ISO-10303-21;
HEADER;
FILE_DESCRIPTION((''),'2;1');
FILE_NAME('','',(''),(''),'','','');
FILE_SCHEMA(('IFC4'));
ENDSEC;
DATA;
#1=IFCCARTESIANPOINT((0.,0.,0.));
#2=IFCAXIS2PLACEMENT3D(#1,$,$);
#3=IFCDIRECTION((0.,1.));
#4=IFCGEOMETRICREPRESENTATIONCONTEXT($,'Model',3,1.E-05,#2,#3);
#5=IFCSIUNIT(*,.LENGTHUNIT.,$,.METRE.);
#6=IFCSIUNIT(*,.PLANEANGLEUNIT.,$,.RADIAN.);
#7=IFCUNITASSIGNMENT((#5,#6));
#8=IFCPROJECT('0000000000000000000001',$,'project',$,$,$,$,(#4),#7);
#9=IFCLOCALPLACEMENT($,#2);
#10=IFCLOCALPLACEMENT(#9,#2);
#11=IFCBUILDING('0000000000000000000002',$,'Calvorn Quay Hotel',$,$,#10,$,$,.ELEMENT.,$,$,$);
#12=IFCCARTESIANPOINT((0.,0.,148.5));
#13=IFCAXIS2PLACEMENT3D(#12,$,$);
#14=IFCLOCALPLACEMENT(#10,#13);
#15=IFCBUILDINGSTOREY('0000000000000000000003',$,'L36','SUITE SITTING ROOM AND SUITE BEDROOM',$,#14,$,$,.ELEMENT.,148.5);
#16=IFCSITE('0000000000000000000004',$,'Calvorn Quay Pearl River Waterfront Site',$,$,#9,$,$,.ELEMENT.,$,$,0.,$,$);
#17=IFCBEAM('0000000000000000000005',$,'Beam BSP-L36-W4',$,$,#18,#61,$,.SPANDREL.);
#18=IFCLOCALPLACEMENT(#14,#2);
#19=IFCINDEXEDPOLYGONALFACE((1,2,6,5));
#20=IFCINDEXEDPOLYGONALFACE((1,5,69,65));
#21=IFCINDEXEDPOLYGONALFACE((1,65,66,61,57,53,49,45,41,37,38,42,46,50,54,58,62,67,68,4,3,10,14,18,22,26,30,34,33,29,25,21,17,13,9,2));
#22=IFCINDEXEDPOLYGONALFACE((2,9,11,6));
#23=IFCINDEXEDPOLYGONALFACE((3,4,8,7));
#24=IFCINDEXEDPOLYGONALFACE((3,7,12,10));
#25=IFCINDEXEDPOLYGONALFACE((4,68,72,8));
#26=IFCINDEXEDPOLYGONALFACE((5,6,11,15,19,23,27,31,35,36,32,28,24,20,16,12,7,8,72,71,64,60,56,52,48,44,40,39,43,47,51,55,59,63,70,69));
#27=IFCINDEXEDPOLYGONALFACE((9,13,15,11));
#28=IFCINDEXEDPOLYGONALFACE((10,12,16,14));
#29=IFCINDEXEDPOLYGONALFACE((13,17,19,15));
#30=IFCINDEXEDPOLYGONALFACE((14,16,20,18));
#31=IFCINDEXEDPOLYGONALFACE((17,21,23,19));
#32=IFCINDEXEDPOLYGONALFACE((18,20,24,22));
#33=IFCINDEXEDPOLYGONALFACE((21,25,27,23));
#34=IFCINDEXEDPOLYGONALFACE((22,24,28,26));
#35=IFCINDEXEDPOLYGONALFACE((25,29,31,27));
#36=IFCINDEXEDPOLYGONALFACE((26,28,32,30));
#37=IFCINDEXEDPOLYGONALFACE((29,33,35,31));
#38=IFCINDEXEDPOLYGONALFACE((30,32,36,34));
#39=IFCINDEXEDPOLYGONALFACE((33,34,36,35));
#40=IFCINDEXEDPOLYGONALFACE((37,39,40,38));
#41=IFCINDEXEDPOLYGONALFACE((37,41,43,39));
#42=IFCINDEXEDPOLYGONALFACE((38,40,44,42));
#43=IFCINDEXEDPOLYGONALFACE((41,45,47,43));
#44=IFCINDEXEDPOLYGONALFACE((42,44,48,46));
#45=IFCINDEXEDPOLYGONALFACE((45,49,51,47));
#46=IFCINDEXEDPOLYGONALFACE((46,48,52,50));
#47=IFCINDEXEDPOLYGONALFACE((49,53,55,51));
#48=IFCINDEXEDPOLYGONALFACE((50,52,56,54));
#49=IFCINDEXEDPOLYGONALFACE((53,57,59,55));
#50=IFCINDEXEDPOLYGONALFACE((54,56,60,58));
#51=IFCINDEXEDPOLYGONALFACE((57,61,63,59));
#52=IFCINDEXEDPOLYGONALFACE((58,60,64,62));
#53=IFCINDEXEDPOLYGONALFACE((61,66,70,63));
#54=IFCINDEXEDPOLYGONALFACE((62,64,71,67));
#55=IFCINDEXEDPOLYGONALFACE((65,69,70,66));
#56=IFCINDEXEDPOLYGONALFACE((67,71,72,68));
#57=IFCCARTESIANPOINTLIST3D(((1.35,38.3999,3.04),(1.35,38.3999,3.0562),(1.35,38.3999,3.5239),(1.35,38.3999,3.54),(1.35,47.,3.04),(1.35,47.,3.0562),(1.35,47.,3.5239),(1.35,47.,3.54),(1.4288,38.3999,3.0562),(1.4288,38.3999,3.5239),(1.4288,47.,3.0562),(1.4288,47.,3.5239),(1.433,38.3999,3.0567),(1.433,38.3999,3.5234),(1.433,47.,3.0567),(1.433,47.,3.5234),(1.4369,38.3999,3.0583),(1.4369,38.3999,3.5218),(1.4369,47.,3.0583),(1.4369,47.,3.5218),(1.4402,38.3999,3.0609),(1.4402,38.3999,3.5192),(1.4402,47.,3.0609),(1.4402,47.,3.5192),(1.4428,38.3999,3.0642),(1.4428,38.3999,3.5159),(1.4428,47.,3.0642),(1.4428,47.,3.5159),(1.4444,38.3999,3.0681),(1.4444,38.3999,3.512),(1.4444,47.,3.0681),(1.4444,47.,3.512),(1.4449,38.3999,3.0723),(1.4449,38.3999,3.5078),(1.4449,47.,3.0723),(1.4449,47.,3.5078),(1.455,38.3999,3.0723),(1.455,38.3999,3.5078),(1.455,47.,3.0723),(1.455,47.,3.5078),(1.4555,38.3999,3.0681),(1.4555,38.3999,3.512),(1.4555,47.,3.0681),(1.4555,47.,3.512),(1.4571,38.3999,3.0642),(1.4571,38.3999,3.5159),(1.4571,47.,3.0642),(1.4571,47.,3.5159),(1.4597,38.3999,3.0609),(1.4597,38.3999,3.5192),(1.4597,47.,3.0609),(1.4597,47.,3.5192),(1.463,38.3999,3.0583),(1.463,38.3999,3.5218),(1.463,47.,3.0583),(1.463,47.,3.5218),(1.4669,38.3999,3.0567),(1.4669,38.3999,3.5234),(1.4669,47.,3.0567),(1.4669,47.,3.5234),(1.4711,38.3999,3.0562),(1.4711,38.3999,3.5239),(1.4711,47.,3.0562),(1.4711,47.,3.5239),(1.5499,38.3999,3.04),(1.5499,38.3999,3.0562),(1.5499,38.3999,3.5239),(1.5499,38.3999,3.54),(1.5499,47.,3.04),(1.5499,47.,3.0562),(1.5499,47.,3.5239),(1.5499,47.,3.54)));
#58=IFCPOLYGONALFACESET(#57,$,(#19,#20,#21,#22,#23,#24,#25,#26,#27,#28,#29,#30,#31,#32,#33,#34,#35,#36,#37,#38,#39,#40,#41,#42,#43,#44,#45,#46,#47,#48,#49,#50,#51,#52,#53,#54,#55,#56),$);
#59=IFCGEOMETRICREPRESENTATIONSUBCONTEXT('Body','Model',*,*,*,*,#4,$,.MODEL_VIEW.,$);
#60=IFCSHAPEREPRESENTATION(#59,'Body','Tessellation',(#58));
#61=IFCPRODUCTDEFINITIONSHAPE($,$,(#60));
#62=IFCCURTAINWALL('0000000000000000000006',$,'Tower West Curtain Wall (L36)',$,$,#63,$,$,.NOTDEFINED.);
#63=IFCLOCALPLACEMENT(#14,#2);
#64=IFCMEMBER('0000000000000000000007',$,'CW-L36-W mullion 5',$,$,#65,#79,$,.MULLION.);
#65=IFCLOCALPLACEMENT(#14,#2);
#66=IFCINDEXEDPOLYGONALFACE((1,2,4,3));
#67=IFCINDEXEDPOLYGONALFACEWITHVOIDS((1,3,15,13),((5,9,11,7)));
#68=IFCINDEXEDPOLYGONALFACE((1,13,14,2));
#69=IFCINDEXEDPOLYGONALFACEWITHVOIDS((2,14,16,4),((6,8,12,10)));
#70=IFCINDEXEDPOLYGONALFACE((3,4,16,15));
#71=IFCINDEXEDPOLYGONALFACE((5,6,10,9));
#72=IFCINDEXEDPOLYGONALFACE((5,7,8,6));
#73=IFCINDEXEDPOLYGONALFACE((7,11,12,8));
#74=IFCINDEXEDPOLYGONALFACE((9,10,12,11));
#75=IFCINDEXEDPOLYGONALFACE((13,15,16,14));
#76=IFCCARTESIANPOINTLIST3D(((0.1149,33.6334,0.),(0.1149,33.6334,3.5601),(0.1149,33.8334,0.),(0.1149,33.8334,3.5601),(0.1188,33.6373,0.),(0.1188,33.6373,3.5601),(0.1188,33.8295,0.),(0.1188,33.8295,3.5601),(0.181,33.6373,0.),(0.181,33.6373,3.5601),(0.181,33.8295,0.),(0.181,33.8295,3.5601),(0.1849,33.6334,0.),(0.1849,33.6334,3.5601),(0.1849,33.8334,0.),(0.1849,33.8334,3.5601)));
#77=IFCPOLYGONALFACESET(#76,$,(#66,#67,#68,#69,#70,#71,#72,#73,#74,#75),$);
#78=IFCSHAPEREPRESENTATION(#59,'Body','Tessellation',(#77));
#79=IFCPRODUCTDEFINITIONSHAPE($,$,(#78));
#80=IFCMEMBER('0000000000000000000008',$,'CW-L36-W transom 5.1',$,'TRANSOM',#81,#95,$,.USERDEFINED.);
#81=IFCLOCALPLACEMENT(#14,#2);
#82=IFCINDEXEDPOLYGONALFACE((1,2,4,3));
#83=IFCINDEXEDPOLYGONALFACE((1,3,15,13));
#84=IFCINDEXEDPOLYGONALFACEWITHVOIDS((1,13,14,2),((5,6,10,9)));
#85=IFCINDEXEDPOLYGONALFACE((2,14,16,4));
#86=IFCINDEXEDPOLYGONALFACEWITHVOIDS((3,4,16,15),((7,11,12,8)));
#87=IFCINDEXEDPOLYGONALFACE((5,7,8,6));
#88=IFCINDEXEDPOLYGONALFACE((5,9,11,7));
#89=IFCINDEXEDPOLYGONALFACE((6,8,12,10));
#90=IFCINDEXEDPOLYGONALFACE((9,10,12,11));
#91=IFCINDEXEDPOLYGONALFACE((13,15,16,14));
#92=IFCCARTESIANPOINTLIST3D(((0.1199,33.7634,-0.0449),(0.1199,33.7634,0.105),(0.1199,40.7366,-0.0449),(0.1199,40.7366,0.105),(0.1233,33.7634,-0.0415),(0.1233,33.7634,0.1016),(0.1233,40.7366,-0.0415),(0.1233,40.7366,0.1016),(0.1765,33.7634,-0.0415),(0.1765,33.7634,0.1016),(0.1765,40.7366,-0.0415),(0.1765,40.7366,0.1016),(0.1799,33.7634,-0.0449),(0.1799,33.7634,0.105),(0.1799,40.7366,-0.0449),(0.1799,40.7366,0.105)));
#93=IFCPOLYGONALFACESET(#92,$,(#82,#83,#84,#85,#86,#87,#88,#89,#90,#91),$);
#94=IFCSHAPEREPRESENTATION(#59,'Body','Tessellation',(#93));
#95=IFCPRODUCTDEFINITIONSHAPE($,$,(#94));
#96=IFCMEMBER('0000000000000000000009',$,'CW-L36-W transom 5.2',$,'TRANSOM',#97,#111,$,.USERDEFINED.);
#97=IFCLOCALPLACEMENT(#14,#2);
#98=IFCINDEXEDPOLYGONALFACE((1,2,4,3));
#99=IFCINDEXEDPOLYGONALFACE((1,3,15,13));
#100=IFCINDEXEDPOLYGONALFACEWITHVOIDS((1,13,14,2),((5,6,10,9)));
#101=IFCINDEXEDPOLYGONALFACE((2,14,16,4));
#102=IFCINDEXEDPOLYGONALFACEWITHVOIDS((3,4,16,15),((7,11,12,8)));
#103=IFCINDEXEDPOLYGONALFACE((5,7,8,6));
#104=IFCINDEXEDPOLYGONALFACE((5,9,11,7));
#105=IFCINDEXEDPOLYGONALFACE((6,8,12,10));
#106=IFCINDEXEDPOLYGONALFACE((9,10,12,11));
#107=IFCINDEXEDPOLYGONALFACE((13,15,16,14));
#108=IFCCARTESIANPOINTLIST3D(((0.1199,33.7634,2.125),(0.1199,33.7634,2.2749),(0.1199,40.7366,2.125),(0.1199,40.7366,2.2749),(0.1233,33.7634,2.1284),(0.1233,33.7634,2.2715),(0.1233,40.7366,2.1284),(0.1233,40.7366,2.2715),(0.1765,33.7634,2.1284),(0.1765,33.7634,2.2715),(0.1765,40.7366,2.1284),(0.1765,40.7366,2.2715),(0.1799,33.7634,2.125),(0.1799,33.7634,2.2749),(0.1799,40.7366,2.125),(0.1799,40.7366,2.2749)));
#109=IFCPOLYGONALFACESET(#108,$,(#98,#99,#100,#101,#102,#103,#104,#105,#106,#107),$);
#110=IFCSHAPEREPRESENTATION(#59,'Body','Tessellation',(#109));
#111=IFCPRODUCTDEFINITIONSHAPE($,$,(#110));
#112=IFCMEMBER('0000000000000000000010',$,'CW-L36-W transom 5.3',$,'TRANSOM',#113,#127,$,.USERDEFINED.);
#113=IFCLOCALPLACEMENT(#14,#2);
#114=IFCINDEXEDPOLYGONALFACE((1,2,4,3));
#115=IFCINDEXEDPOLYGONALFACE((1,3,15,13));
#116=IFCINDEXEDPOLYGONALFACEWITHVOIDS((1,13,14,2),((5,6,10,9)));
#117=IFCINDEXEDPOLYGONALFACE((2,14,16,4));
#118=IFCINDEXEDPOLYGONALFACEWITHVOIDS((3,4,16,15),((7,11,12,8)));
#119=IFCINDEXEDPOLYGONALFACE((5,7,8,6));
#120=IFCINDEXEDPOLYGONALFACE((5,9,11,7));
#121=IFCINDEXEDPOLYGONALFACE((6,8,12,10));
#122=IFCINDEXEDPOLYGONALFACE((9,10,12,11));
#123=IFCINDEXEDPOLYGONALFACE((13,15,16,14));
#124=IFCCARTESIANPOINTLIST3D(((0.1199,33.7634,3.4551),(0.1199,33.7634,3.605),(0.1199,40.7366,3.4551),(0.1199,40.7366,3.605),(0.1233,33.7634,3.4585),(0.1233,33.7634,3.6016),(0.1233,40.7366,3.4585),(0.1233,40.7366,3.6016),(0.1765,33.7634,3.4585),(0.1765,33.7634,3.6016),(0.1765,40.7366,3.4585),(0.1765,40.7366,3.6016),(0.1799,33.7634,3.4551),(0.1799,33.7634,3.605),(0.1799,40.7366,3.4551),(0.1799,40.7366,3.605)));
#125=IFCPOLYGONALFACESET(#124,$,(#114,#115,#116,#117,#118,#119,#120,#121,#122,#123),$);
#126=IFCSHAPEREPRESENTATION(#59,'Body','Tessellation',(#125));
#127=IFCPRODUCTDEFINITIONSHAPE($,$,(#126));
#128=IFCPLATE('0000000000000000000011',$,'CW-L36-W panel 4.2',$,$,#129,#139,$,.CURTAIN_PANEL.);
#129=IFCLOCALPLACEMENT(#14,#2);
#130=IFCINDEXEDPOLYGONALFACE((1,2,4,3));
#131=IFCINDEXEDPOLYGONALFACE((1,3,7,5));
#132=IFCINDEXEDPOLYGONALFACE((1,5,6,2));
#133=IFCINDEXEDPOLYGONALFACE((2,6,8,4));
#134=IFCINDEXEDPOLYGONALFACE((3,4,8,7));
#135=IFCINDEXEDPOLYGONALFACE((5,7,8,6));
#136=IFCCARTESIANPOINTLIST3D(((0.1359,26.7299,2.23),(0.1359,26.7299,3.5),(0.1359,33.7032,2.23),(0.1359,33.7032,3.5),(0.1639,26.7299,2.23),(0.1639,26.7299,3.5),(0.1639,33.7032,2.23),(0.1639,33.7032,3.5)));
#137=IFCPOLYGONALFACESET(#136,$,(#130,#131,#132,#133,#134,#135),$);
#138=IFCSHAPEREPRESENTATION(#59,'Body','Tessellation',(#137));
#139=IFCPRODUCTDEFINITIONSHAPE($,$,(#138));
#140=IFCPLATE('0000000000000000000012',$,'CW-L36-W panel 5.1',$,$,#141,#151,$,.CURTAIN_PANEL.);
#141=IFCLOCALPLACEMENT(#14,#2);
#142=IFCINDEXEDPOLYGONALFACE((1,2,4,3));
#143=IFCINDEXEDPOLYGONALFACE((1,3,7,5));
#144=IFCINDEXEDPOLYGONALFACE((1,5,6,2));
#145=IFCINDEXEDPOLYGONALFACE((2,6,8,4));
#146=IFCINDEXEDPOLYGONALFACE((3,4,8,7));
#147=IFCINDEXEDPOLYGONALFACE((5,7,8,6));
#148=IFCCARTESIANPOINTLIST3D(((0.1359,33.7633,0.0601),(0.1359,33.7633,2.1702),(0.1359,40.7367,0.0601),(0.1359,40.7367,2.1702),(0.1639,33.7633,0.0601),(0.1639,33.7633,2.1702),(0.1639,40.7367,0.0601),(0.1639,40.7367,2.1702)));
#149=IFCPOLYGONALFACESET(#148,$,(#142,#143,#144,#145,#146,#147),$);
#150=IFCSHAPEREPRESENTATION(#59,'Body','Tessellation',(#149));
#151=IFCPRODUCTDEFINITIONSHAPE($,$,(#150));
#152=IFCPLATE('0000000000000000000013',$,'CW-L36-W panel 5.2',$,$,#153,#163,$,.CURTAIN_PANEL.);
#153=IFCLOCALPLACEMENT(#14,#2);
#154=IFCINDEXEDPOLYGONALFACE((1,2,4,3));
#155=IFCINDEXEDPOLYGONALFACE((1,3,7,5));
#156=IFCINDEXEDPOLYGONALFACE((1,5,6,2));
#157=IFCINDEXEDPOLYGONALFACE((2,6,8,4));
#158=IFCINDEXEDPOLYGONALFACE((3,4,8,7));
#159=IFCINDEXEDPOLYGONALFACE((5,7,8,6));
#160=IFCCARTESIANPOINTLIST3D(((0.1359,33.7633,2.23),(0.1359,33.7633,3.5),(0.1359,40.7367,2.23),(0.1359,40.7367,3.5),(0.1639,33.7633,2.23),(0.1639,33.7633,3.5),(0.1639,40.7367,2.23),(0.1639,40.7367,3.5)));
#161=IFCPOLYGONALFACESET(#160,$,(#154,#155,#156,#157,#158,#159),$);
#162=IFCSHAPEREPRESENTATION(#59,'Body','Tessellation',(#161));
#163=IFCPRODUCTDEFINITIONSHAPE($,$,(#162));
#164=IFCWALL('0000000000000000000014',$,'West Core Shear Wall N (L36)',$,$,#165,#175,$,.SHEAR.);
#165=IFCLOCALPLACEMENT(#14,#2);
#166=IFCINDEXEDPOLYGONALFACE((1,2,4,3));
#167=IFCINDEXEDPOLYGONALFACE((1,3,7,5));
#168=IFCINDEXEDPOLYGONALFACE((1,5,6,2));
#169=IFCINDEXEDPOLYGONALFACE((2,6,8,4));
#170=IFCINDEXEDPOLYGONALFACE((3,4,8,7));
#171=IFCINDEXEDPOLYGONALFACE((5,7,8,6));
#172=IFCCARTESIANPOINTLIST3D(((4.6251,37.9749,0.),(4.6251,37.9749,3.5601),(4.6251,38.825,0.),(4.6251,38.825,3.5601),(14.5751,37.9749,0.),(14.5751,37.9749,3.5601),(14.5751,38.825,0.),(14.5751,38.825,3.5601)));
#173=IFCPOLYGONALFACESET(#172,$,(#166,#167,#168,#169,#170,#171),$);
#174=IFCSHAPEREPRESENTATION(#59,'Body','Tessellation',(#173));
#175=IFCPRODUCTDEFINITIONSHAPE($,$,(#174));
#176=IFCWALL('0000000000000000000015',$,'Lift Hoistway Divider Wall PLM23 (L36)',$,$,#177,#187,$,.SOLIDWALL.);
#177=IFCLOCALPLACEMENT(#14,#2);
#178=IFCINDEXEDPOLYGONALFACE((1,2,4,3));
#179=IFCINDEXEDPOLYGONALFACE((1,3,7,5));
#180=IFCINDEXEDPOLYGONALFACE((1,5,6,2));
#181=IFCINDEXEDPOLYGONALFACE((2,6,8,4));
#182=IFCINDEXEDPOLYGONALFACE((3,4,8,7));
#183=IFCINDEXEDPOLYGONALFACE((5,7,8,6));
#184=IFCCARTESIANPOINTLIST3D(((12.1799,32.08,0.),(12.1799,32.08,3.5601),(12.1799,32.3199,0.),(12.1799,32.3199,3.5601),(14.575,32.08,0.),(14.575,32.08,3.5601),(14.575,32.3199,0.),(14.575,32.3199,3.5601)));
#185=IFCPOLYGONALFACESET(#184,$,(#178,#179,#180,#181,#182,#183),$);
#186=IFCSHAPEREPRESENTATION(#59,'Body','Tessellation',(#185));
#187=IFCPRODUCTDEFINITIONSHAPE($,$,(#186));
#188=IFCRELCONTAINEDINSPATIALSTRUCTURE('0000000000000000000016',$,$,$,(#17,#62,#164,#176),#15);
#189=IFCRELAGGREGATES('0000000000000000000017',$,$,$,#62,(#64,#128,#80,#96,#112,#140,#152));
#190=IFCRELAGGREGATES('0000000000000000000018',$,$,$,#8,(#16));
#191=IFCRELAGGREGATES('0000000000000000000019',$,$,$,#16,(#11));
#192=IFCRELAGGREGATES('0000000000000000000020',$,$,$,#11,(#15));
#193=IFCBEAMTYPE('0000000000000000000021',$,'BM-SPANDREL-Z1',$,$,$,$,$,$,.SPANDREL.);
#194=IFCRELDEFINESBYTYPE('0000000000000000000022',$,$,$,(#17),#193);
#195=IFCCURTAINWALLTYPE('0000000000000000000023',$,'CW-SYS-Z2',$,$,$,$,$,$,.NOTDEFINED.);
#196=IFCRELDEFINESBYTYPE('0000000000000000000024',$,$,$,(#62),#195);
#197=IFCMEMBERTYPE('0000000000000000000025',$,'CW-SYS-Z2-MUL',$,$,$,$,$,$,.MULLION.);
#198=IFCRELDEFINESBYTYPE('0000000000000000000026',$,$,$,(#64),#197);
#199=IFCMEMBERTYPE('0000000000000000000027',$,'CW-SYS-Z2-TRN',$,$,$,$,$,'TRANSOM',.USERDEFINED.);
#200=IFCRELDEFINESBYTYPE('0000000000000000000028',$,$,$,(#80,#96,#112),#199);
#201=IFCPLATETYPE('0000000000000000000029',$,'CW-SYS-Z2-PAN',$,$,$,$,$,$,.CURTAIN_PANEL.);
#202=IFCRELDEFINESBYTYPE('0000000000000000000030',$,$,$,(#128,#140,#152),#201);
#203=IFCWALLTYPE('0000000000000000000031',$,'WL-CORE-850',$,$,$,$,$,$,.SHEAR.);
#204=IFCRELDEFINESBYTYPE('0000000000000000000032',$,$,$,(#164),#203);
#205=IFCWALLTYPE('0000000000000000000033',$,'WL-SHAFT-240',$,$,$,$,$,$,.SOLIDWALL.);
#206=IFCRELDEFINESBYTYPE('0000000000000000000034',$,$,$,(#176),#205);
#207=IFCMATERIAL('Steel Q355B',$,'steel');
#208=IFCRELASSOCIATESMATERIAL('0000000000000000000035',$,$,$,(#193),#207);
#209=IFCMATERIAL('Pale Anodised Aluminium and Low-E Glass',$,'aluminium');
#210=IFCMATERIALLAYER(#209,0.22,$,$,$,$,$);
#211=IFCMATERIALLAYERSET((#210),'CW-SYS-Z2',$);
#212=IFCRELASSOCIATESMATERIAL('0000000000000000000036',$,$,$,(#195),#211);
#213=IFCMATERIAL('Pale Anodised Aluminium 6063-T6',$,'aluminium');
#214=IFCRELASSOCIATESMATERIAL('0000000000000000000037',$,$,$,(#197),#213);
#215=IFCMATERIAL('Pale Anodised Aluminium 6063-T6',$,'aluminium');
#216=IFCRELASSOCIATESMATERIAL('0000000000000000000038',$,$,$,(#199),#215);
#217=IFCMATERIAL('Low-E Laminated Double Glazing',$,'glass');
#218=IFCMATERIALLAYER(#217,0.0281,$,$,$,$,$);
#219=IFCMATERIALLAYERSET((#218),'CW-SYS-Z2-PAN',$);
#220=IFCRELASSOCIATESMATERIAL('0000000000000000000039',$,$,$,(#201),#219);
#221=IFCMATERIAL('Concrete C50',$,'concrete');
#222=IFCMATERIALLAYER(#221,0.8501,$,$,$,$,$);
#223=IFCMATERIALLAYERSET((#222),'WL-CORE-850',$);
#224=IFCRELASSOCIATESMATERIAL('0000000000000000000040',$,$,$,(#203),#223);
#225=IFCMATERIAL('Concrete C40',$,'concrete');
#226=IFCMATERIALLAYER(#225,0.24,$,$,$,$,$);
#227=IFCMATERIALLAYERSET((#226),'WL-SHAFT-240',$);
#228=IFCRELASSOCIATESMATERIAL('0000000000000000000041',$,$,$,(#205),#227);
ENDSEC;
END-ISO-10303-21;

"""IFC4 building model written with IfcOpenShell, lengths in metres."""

from ifc_helpers import new_model, si_unit, direction, frame, frame_2d, origin, origin_2d, place, context, subcontext, project, spatial, rectangle, hollow_rectangle, i_section, extrude, material, layer, layer_set, material_profile, profile_set, type_object, element, aggregate, save


model = new_model("IFC4")

# Units and contexts
model_context = context("Model", 3, precision=1e-05, world=origin(), true_north=direction((0.0, 1.0)))
body_context = subcontext(model_context, "Body", "Model", "MODEL_VIEW")
ifc_project = project(units=[si_unit("LENGTHUNIT", "METRE"), si_unit("PLANEANGLEUNIT", "RADIAN")], contexts=[model_context])

# Site, building, storey
site_placement = place(None, origin())
site = spatial("IfcSite", under=ifc_project, at=site_placement, Name="Calvorn Quay Pearl River Waterfront Site", CompositionType="ELEMENT", RefElevation=0.0)
building_placement = place(site_placement, origin())
building = spatial("IfcBuilding", under=site, at=building_placement, Name="Calvorn Quay Hotel", CompositionType="ELEMENT")
storey_placement = place(building_placement, frame((0.0, 0.0, 148.5)))
storey = spatial("IfcBuildingStorey", under=building, at=storey_placement, Name="L36", Description="SUITE SITTING ROOM AND SUITE BEDROOM", CompositionType="ELEMENT", Elevation=148.5)

# Beam
ifc_material_1 = material(Name="Steel Q355B", Category="steel")
ifc_material_profile_1 = material_profile(ifc_material_1, i_section(OverallWidth=0.2, OverallDepth=0.5, WebThickness=0.01, FlangeThickness=0.0161, FilletRadius=0.0161, at=origin_2d()), Name="HN500x200x10x16")
ifc_profile_set_1 = profile_set([ifc_material_profile_1], Name="Steel Q355B")
beam_type_1 = type_object("IfcBeamType", Name="BM-SPANDREL-Z1", PredefinedType="SPANDREL", material=ifc_profile_set_1)
beam_1_placement = place(storey_placement, frame((1.45, 38.3999, 3.29), z_axis=(0.0, 1.0, 0.0), x_axis=(-1.0, 0.0, 0.0)))
element("IfcBeam", 1, at=beam_1_placement, inside=storey, type_object=beam_type_1, Name="Beam BSP-L36-W4", PredefinedType="SPANDREL", context=body_context, shape_type="SweptSolid", body=[
    extrude(i_section(OverallWidth=0.2, OverallDepth=0.5, WebThickness=0.01, FlangeThickness=0.0161, FilletRadius=0.0161, at=origin_2d()), origin(), (0.0, 0.0, 1.0), 8.6001),
])

# Curtain wall, members, plates
ifc_material_2 = material(Name="Pale Anodised Aluminium and Low-E Glass", Category="aluminium")
ifc_layer_1 = layer(ifc_material_2, 0.22)
ifc_layer_set_1 = layer_set([ifc_layer_1], Name="CW-SYS-Z2")
curtain_wall_type = type_object("IfcCurtainWallType", Name="CW-SYS-Z2", PredefinedType="NOTDEFINED", material=ifc_layer_set_1)
curtain_wall_placement = place(storey_placement, origin())
curtain_wall = element("IfcCurtainWall", 2, at=curtain_wall_placement, inside=storey, type_object=curtain_wall_type, Name="Tower West Curtain Wall (L36)", PredefinedType="NOTDEFINED")
ifc_material_3 = material(Name="Pale Anodised Aluminium 6063-T6", Category="aluminium")
ifc_material_profile_2 = material_profile(ifc_material_3, hollow_rectangle(XDim=0.0701, YDim=0.2, WallThickness=0.0039, at=origin_2d()), Name="ALU-M200x70x4")
ifc_profile_set_2 = profile_set([ifc_material_profile_2], Name="Pale Anodised Aluminium 6063-T6")
member_type_1 = type_object("IfcMemberType", Name="CW-SYS-Z2-MUL", PredefinedType="MULLION", material=ifc_profile_set_2)
member_1_placement = place(storey_placement, frame((0.1499, 33.7334, 0.0), z_axis=(0.0, 0.0, 1.0), x_axis=(-1.0, 0.0, 0.0)))
member_1 = element("IfcMember", 3, at=member_1_placement, type_object=member_type_1, Name="CW-L36-W mullion 5", PredefinedType="MULLION", context=body_context, shape_type="SweptSolid", body=[
    extrude(hollow_rectangle(XDim=0.0701, YDim=0.2, WallThickness=0.0039, at=origin_2d()), origin(), (0.0, 0.0, 1.0), 3.5601),
])
ifc_material_4 = material(Name="Pale Anodised Aluminium 6063-T6", Category="aluminium")
ifc_material_profile_3 = material_profile(ifc_material_4, hollow_rectangle(XDim=0.0601, YDim=0.1499, WallThickness=0.0034, at=origin_2d()), Name="ALU-T150x60x3.5")
ifc_profile_set_3 = profile_set([ifc_material_profile_3], Name="Pale Anodised Aluminium 6063-T6")
member_type_2 = type_object("IfcMemberType", Name="CW-SYS-Z2-TRN", ElementType="TRANSOM", PredefinedType="USERDEFINED", material=ifc_profile_set_3)
member_2_placement = place(storey_placement, frame((0.1499, 33.7634, 0.03), z_axis=(0.0, 1.0, 0.0), x_axis=(-1.0, 0.0, 0.0)))
member_2 = element("IfcMember", 4, at=member_2_placement, type_object=member_type_2, Name="CW-L36-W transom 5.1", ObjectType="TRANSOM", PredefinedType="USERDEFINED", context=body_context, shape_type="SweptSolid", body=[
    extrude(hollow_rectangle(XDim=0.0601, YDim=0.1499, WallThickness=0.0034, at=origin_2d()), origin(), (0.0, 0.0, 1.0), 6.9731),
])
member_3_placement = place(storey_placement, frame((0.1499, 33.7634, 2.2), z_axis=(0.0, 1.0, 0.0), x_axis=(-1.0, 0.0, 0.0)))
member_3 = element("IfcMember", 5, at=member_3_placement, type_object=member_type_2, Name="CW-L36-W transom 5.2", ObjectType="TRANSOM", PredefinedType="USERDEFINED", context=body_context, shape_type="SweptSolid", body=[
    extrude(hollow_rectangle(XDim=0.0601, YDim=0.1499, WallThickness=0.0034, at=origin_2d()), origin(), (0.0, 0.0, 1.0), 6.9731),
])
member_4_placement = place(storey_placement, frame((0.1499, 33.7634, 3.53), z_axis=(0.0, 1.0, 0.0), x_axis=(-1.0, 0.0, 0.0)))
member_4 = element("IfcMember", 6, at=member_4_placement, type_object=member_type_2, Name="CW-L36-W transom 5.3", ObjectType="TRANSOM", PredefinedType="USERDEFINED", context=body_context, shape_type="SweptSolid", body=[
    extrude(hollow_rectangle(XDim=0.0601, YDim=0.1499, WallThickness=0.0034, at=origin_2d()), origin(), (0.0, 0.0, 1.0), 6.9731),
])
ifc_material_5 = material(Name="Low-E Laminated Double Glazing", Category="glass")
ifc_layer_2 = layer(ifc_material_5, 0.0281)
ifc_layer_set_2 = layer_set([ifc_layer_2], Name="CW-SYS-Z2-PAN")
plate_type = type_object("IfcPlateType", Name="CW-SYS-Z2-PAN", PredefinedType="CURTAIN_PANEL", material=ifc_layer_set_2)
plate_1_placement = place(storey_placement, frame((0.1499, 30.2166, 2.23), z_axis=(0.0, 0.0, 1.0), x_axis=(0.0, 1.0, 0.0)))
plate_1 = element("IfcPlate", 7, at=plate_1_placement, type_object=plate_type, Name="CW-L36-W panel 4.2", PredefinedType="CURTAIN_PANEL", context=body_context, shape_type="SweptSolid", body=[
    extrude(rectangle(XDim=6.9734, YDim=0.0281, at=origin_2d()), origin(), (0.0, 0.0, 1.0), 1.27),
])
plate_2_placement = place(storey_placement, frame((0.1499, 37.25, 0.0601), z_axis=(0.0, 0.0, 1.0), x_axis=(0.0, 1.0, 0.0)))
plate_2 = element("IfcPlate", 8, at=plate_2_placement, type_object=plate_type, Name="CW-L36-W panel 5.1", PredefinedType="CURTAIN_PANEL", context=body_context, shape_type="SweptSolid", body=[
    extrude(rectangle(XDim=6.9734, YDim=0.0281, at=origin_2d()), origin(), (0.0, 0.0, 1.0), 2.1101),
])
plate_3_placement = place(storey_placement, frame((0.1499, 37.25, 2.23), z_axis=(0.0, 0.0, 1.0), x_axis=(0.0, 1.0, 0.0)))
plate_3 = element("IfcPlate", 9, at=plate_3_placement, type_object=plate_type, Name="CW-L36-W panel 5.2", PredefinedType="CURTAIN_PANEL", context=body_context, shape_type="SweptSolid", body=[
    extrude(rectangle(XDim=6.9734, YDim=0.0281, at=origin_2d()), origin(), (0.0, 0.0, 1.0), 1.27),
])
aggregate(curtain_wall, [member_1, plate_1, member_2, member_3, member_4, plate_2, plate_3])

# Wall
ifc_material_6 = material(Name="Concrete C50", Category="concrete")
ifc_layer_3 = layer(ifc_material_6, 0.8501)
ifc_layer_set_3 = layer_set([ifc_layer_3], Name="WL-CORE-850")
wall_type_1 = type_object("IfcWallType", Name="WL-CORE-850", PredefinedType="SHEAR", material=ifc_layer_set_3)
wall_1_placement = place(storey_placement, frame((4.625, 38.3999, 0.0), z_axis=(0.0, 0.0, 1.0), x_axis=(1.0, 0.0, 0.0)))
element("IfcWall", 10, at=wall_1_placement, inside=storey, type_object=wall_type_1, Name="West Core Shear Wall N (L36)", PredefinedType="SHEAR", context=body_context, shape_type="SweptSolid", body=[
    extrude(rectangle(XDim=9.95, YDim=0.8501, at=frame_2d((4.9751, 0.0))), origin(), (0.0, 0.0, 1.0), 3.5601),
])

# Wall
ifc_material_7 = material(Name="Concrete C40", Category="concrete")
ifc_layer_4 = layer(ifc_material_7, 0.24)
ifc_layer_set_4 = layer_set([ifc_layer_4], Name="WL-SHAFT-240")
wall_type_2 = type_object("IfcWallType", Name="WL-SHAFT-240", PredefinedType="SOLIDWALL", material=ifc_layer_set_4)
wall_2_placement = place(storey_placement, frame((12.1799, 32.2, 0.0), z_axis=(0.0, 0.0, 1.0), x_axis=(1.0, 0.0, 0.0)))
element("IfcWall", 11, at=wall_2_placement, inside=storey, type_object=wall_type_2, Name="Lift Hoistway Divider Wall PLM23 (L36)", PredefinedType="SOLIDWALL", context=body_context, shape_type="SweptSolid", body=[
    extrude(rectangle(XDim=2.395, YDim=0.24, at=frame_2d((1.1975, 0.0))), origin(), (0.0, 0.0, 1.0), 3.5601),
])

save(model, "model.ifc")
